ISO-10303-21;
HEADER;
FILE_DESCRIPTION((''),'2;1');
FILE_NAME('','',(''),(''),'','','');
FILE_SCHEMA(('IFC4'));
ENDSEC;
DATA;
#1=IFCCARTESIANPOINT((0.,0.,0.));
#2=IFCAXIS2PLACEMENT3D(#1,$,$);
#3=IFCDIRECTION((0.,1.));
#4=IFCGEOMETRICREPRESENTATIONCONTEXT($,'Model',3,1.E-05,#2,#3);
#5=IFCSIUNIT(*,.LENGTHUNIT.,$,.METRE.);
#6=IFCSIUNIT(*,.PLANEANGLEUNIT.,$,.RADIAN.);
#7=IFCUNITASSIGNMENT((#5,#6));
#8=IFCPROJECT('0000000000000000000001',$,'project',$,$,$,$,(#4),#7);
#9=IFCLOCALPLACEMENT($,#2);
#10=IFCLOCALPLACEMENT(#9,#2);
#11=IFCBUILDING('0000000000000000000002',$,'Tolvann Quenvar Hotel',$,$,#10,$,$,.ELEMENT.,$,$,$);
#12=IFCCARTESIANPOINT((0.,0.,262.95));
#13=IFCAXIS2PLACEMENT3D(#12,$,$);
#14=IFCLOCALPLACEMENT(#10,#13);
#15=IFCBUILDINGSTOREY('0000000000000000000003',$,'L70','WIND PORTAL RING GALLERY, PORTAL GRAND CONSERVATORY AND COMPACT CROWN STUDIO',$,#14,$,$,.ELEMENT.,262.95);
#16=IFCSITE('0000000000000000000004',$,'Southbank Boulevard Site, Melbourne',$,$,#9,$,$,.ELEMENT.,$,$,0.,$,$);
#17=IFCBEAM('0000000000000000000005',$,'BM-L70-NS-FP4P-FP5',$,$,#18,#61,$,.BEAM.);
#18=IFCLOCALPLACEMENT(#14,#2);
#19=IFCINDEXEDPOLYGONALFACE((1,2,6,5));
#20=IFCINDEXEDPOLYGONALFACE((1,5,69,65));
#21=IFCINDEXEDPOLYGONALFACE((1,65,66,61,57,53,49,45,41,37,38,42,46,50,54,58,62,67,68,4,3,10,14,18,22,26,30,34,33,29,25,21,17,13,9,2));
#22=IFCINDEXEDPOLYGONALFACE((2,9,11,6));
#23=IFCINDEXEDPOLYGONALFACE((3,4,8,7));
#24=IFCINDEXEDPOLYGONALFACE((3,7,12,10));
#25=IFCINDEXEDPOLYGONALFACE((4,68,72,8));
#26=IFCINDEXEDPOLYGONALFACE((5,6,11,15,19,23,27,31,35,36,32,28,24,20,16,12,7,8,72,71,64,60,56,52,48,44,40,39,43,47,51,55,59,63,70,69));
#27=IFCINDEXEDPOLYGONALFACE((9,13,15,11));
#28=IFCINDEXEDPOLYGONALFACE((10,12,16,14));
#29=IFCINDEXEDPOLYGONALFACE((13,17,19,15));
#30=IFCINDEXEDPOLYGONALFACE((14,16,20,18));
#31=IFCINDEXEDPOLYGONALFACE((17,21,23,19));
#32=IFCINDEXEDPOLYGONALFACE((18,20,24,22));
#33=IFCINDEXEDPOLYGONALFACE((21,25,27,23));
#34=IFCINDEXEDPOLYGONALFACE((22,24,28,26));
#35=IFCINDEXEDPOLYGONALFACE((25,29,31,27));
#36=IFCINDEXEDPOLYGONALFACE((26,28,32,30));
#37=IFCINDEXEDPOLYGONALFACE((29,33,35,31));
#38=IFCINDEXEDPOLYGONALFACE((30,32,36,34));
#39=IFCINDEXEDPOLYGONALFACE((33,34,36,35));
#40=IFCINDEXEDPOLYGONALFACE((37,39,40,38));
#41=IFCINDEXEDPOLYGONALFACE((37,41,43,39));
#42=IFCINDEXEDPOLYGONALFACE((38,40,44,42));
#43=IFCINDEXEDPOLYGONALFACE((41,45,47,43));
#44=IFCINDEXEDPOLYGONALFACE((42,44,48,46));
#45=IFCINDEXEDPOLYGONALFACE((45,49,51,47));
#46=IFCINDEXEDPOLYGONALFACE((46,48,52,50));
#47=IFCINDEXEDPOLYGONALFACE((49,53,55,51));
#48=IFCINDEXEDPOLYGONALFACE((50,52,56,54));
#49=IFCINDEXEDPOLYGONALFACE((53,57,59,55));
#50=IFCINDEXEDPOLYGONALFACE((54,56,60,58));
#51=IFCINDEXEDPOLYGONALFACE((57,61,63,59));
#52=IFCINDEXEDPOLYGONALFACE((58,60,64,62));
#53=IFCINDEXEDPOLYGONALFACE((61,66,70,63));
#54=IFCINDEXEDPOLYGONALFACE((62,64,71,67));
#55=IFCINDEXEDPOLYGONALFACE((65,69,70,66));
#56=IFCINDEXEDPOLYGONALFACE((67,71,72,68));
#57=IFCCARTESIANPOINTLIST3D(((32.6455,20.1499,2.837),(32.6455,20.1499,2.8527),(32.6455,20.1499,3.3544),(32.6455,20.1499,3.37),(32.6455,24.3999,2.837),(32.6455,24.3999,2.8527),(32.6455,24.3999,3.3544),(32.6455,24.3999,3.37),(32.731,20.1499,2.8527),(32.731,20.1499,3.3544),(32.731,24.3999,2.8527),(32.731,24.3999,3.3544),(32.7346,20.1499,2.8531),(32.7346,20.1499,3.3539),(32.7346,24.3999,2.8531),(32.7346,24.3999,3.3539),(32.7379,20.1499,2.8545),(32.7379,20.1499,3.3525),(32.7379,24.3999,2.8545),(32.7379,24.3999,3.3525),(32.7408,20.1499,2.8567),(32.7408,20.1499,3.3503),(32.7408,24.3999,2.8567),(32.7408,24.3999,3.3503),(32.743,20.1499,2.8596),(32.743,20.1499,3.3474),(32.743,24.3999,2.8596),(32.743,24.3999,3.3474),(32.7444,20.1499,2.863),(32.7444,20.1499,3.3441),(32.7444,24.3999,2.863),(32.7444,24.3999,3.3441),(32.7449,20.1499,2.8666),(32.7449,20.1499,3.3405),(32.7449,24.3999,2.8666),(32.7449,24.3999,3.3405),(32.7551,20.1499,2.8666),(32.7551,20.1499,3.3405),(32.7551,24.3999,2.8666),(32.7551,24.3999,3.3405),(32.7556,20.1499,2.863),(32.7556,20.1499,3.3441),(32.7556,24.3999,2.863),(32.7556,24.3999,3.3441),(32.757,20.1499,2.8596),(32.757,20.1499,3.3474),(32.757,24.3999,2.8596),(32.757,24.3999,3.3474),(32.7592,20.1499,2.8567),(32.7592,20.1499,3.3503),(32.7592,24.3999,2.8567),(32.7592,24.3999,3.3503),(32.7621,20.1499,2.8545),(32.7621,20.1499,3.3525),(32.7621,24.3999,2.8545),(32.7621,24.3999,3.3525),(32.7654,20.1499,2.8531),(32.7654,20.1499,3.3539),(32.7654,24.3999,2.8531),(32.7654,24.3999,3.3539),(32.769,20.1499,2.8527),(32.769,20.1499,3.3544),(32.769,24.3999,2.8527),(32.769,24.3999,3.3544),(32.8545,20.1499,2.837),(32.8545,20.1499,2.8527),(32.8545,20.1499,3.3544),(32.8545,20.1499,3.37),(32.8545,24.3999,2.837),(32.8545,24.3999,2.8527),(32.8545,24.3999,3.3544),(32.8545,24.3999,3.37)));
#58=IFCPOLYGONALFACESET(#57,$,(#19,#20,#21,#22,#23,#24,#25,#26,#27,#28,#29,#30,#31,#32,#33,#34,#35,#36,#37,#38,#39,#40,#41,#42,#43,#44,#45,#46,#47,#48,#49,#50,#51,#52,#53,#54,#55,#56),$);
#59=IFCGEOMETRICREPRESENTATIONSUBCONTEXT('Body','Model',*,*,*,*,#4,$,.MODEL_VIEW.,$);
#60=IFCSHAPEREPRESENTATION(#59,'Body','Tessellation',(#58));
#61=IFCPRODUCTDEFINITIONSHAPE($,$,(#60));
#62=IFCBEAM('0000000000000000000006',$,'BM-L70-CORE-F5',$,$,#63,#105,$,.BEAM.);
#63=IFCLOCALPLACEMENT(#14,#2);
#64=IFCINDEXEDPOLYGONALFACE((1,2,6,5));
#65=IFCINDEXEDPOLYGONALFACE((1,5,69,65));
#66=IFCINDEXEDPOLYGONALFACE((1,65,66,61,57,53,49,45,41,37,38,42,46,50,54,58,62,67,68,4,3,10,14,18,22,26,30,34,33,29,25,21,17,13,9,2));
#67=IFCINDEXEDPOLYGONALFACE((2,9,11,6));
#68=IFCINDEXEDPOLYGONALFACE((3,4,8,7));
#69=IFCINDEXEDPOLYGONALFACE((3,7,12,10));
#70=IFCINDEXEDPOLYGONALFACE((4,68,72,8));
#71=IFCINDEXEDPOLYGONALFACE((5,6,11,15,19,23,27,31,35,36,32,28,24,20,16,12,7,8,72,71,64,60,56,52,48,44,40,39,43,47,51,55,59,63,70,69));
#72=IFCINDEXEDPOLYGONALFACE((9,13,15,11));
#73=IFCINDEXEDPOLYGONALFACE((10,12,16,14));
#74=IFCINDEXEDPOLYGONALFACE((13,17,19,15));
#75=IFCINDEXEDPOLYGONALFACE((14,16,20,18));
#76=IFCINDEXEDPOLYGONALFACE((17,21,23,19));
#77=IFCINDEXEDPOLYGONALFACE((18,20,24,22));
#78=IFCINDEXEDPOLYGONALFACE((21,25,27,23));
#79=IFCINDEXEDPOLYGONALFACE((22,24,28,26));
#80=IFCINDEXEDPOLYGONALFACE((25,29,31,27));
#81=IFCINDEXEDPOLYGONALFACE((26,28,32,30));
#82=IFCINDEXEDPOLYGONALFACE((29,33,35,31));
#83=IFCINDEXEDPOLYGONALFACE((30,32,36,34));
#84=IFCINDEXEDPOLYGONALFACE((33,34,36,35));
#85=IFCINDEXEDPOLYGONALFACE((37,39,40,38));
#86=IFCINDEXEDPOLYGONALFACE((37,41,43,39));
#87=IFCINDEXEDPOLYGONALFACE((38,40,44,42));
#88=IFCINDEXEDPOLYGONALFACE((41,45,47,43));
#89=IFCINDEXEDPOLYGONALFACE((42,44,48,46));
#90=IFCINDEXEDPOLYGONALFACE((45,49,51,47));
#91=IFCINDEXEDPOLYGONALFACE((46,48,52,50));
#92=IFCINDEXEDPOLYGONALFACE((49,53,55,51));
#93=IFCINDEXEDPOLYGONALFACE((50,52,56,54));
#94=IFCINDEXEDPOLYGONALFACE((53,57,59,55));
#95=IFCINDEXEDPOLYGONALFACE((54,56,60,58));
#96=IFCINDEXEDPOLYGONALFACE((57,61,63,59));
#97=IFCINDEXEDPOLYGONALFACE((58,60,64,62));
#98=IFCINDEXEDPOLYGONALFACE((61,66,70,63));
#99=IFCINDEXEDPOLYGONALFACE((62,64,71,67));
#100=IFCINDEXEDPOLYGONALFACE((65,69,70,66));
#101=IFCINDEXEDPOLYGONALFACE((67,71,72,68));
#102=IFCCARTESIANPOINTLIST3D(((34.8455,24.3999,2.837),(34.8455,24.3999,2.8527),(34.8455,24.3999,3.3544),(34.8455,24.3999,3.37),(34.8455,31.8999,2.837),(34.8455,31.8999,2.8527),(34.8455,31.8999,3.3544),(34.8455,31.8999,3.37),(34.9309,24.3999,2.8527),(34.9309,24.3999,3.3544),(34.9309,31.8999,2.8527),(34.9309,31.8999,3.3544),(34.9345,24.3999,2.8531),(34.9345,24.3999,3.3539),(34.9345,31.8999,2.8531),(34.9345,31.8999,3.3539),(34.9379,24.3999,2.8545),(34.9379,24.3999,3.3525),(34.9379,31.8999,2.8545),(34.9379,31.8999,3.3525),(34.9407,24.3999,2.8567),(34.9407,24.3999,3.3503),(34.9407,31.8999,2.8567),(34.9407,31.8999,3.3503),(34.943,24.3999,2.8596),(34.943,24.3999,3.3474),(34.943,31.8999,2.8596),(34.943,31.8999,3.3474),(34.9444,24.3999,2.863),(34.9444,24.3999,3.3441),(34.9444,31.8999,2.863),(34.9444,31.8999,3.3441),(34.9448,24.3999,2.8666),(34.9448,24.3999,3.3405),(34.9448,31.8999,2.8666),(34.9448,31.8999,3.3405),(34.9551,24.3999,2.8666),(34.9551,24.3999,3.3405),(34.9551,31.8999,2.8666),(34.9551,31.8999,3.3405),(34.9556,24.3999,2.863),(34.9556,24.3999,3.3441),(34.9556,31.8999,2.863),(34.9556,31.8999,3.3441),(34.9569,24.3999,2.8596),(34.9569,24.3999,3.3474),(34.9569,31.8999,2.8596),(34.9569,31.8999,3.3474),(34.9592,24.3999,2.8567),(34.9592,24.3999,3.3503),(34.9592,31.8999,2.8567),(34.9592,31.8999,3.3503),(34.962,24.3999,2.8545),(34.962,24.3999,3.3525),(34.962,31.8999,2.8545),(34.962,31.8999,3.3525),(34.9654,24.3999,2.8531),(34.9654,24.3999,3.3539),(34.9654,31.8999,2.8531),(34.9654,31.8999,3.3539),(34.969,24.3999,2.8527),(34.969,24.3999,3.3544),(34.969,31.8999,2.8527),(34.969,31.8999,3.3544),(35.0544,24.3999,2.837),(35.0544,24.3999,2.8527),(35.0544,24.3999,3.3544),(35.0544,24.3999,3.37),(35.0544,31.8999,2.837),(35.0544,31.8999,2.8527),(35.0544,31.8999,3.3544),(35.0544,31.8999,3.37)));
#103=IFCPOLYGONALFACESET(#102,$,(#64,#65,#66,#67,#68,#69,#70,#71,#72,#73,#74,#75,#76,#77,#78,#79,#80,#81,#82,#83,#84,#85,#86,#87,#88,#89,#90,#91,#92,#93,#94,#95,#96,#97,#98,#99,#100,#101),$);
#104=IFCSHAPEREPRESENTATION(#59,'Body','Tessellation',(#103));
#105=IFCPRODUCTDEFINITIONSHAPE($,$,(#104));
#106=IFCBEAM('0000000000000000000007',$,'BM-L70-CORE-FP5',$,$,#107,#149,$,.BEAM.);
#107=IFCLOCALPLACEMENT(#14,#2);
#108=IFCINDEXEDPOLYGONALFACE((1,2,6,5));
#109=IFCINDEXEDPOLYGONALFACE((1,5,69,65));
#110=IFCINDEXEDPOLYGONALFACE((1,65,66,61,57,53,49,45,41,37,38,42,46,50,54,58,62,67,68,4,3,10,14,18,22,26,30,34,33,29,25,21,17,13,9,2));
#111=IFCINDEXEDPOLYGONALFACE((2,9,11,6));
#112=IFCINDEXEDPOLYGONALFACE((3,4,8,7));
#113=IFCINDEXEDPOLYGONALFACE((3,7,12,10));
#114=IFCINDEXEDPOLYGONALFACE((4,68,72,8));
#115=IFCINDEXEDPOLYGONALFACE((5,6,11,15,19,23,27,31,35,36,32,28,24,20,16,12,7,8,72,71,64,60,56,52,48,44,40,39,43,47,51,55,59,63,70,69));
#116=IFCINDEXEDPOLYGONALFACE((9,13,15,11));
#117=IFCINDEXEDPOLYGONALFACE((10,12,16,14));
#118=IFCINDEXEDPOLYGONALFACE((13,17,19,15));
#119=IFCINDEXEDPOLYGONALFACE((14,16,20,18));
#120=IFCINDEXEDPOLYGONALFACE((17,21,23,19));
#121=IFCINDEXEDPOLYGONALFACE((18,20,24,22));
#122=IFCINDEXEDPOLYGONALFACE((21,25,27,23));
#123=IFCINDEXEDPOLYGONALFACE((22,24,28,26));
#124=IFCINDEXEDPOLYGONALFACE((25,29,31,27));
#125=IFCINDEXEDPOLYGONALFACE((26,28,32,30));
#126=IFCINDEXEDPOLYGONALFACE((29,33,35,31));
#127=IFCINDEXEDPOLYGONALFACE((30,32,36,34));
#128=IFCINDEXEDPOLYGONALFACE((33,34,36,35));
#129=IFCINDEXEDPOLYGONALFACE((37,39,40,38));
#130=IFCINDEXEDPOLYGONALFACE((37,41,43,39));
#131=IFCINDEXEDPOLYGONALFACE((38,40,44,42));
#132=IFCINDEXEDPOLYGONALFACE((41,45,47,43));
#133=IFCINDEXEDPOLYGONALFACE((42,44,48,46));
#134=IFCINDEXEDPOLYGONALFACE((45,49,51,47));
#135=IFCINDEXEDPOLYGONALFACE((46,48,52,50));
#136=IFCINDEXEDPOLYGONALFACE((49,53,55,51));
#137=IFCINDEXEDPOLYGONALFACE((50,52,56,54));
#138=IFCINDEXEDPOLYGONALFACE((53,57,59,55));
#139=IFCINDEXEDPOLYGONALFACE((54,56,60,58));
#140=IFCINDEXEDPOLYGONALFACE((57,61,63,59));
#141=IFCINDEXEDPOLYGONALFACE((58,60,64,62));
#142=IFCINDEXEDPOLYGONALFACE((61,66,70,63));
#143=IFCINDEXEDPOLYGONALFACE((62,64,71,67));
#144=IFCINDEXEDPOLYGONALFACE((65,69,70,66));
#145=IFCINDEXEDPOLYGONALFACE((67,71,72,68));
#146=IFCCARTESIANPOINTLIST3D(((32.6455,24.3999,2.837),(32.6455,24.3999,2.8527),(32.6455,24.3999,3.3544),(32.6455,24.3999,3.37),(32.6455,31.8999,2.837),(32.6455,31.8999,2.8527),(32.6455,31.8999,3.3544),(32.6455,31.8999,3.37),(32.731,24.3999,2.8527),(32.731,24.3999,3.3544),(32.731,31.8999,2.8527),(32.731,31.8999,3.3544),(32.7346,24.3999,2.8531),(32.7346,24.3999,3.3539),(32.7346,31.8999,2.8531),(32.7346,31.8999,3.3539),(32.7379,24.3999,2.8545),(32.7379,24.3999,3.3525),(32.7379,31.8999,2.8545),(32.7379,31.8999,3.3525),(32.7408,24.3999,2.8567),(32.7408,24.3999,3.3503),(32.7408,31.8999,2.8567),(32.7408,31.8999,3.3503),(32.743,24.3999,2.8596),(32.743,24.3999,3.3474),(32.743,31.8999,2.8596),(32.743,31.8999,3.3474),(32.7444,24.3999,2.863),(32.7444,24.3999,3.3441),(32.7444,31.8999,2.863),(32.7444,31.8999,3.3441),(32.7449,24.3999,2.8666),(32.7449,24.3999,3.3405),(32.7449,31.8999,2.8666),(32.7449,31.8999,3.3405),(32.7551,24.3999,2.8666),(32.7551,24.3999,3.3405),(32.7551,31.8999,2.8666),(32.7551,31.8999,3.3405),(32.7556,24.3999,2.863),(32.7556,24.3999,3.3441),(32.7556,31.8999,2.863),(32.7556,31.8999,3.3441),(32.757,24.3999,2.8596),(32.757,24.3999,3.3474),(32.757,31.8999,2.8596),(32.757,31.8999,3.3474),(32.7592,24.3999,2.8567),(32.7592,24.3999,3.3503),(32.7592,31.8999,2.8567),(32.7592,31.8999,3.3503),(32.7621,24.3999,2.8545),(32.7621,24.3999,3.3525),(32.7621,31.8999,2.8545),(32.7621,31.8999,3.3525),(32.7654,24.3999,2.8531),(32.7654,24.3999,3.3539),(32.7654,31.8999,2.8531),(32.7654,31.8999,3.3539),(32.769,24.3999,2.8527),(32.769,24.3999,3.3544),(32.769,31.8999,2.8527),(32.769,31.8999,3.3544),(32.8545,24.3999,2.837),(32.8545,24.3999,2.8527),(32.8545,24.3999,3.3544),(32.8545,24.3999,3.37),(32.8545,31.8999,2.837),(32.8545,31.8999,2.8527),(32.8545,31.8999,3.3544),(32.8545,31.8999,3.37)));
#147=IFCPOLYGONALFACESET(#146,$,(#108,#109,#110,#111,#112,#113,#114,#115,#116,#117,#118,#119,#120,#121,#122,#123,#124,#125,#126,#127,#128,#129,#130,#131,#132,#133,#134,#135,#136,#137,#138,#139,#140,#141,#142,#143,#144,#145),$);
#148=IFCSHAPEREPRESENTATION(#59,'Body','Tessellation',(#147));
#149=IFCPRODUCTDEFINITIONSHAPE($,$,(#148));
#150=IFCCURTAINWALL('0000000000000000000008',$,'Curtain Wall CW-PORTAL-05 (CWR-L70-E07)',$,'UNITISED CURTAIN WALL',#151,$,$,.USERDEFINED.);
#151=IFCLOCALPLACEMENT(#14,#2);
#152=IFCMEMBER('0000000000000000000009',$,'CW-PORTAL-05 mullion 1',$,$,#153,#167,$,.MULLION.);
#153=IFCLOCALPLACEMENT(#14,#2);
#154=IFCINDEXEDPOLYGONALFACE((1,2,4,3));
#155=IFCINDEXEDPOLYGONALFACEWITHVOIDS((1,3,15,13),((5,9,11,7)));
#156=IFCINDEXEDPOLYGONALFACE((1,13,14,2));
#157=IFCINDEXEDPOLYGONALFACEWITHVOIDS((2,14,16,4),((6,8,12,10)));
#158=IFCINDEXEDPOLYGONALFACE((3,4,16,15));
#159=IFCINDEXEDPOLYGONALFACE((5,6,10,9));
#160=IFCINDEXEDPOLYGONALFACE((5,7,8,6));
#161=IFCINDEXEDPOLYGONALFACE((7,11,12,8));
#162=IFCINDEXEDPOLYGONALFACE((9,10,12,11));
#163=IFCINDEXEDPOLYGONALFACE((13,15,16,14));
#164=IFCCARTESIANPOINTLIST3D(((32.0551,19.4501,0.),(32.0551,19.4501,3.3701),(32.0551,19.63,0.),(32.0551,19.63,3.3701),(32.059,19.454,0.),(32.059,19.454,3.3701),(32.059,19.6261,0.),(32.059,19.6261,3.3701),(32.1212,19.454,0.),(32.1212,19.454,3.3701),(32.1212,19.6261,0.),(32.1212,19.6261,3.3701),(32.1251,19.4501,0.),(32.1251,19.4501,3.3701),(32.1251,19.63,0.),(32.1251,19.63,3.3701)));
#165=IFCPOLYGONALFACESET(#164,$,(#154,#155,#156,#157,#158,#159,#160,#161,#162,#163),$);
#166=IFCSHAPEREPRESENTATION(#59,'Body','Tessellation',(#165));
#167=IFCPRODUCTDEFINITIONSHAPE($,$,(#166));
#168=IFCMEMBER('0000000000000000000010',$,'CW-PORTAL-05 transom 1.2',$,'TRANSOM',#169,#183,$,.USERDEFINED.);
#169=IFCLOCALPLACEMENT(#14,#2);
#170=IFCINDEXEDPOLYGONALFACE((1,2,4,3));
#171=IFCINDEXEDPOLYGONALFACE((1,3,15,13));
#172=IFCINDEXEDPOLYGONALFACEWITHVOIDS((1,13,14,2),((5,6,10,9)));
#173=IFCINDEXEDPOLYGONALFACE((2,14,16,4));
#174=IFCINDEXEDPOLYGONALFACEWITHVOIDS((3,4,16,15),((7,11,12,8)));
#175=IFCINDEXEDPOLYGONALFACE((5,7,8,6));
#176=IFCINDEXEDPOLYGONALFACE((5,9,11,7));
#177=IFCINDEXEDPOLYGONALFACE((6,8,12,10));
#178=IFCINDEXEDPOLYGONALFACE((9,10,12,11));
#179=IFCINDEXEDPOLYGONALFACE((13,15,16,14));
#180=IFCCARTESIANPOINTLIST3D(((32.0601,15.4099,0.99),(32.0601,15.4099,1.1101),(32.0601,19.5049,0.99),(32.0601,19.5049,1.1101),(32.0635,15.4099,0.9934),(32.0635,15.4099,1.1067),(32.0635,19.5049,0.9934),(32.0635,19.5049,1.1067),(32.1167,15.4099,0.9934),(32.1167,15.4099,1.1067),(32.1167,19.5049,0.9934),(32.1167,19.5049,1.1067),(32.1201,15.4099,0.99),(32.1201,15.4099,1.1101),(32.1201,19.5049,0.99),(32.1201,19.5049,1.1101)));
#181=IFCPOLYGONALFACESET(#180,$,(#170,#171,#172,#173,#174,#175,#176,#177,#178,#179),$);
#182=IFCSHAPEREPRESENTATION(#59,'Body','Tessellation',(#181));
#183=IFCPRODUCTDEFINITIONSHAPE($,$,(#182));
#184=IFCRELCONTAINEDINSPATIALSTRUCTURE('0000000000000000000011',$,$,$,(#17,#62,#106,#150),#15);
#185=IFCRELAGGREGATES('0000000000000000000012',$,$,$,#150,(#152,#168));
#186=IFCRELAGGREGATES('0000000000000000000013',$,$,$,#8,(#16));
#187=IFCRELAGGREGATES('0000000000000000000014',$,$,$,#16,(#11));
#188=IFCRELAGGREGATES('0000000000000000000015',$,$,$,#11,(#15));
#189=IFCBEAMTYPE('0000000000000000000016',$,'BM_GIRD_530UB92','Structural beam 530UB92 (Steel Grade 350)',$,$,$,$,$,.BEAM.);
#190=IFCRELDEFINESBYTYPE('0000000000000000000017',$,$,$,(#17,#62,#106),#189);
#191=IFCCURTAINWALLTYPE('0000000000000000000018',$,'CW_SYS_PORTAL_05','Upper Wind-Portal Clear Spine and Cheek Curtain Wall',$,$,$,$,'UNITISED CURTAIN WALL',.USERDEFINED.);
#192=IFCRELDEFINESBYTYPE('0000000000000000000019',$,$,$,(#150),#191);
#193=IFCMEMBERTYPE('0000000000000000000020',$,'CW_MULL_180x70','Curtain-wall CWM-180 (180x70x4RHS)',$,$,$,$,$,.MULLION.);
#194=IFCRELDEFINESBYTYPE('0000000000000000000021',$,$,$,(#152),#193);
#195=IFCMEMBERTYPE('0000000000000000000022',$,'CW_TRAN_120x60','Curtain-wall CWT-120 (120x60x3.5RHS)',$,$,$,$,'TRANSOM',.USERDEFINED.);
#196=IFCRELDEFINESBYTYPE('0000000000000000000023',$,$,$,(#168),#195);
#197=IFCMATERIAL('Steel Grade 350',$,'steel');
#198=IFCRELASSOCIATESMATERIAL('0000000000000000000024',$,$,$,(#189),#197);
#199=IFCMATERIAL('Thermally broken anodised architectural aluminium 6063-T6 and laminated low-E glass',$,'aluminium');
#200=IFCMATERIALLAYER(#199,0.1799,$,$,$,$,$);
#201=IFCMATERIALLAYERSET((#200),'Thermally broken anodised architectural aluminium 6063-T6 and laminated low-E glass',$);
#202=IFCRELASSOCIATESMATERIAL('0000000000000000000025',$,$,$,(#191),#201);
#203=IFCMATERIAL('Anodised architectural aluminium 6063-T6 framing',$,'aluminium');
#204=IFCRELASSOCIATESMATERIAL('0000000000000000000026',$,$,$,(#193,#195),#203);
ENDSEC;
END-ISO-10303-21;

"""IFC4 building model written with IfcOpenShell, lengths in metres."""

from ifc_helpers import new_model, si_unit, direction, frame, origin, origin_2d, place, context, subcontext, project, spatial, hollow_rectangle, i_section, extrude, source, transform, mapped, material, layer, layer_set, material_profile, profile_set, type_object, type_shapes, element, aggregate, save


model = new_model("IFC4")

# Units and contexts
model_context = context("Model", 3, precision=1e-05, world=origin(), true_north=direction((0.0, 1.0)))
body_context = subcontext(model_context, "Body", "Model", "MODEL_VIEW")
ifc_project = project(units=[si_unit("LENGTHUNIT", "METRE"), si_unit("PLANEANGLEUNIT", "RADIAN")], contexts=[model_context])

# Site, building, storey
site_placement = place(None, origin())
site = spatial("IfcSite", under=ifc_project, at=site_placement, Name="Southbank Boulevard Site, Melbourne", CompositionType="ELEMENT", RefElevation=0.0)
building_placement = place(site_placement, origin())
building = spatial("IfcBuilding", under=site, at=building_placement, Name="Tolvann Quenvar Hotel", CompositionType="ELEMENT")
storey_placement = place(building_placement, frame((0.0, 0.0, 262.95)))
storey = spatial("IfcBuildingStorey", under=building, at=storey_placement, Name="L70", Description="WIND PORTAL RING GALLERY, PORTAL GRAND CONSERVATORY AND COMPACT CROWN STUDIO", CompositionType="ELEMENT", Elevation=262.95)

# Shared definitions
ifc_material_1 = material(Name="Steel Grade 350", Category="steel")

# Beams
ifc_material_profile_1 = material_profile(ifc_material_1, i_section(OverallWidth=0.209, OverallDepth=0.533, WebThickness=0.0103, FlangeThickness=0.0156, FilletRadius=0.0139, at=origin_2d()), Name="530UB92")
ifc_profile_set_1 = profile_set([ifc_material_profile_1], Name="Steel Grade 350")
beam_type_1 = type_object("IfcBeamType", Name="BM_GIRD_530UB92", Description="Structural beam 530UB92 (Steel Grade 350)", PredefinedType="BEAM", material=ifc_profile_set_1)
shared_shape_1 = source(origin(), body_context, "Body", "SweptSolid", [
    extrude(i_section(OverallWidth=0.209, OverallDepth=0.533, WebThickness=0.0103, FlangeThickness=0.0156, FilletRadius=0.0139, at=origin_2d()), origin(), (0.0, 0.0, 1.0), 4.25),
])
beam_1_placement = place(storey_placement, frame((32.75, 20.1499, 3.1035), z_axis=(0.0, 1.0, 0.0), x_axis=(-1.0, 0.0, 0.0)))
element("IfcBeam", 1, at=beam_1_placement, inside=storey, type_object=beam_type_1, Name="BM-L70-NS-FP4P-FP5", PredefinedType="BEAM", context=body_context, shape_type="MappedRepresentation", body=[
    mapped(shared_shape_1, transform((0.0, 0.0, 0.0), x_axis=(1.0, 0.0, 0.0), y_axis=(0.0, 1.0, 0.0), z_axis=(0.0, 0.0, 1.0), scale=1.0)),
])
shared_shape_2 = source(origin(), body_context, "Body", "SweptSolid", [
    extrude(i_section(OverallWidth=0.209, OverallDepth=0.533, WebThickness=0.0103, FlangeThickness=0.0156, FilletRadius=0.0139, at=origin_2d()), origin(), (0.0, 0.0, 1.0), 7.5),
])
for number, where, z_axis, x_axis, name in (
    (2, (34.95, 24.3999, 3.1035), (0.0, 1.0, 0.0), (-1.0, 0.0, 0.0), "BM-L70-CORE-F5"),
    (3, (32.75, 24.3999, 3.1035), (0.0, 1.0, 0.0), (-1.0, 0.0, 0.0), "BM-L70-CORE-FP5"),
):
    element("IfcBeam", number, at=place(storey_placement, frame(where, z_axis=z_axis, x_axis=x_axis)), inside=storey, type_object=beam_type_1, Name=name, PredefinedType="BEAM", context=body_context, shape_type="MappedRepresentation", body=[
        mapped(shared_shape_2, transform((0.0, 0.0, 0.0), x_axis=(1.0, 0.0, 0.0), y_axis=(0.0, 1.0, 0.0), z_axis=(0.0, 0.0, 1.0), scale=1.0)),
    ])

# Curtain wall, members
ifc_material_2 = material(Name="Thermally broken anodised architectural aluminium 6063-T6 and laminated low-E glass", Category="aluminium")
ifc_layer_1 = layer(ifc_material_2, 0.1799)
ifc_layer_set_1 = layer_set([ifc_layer_1], Name="Thermally broken anodised architectural aluminium 6063-T6 and laminated low-E glass")
curtain_wall_type = type_object("IfcCurtainWallType", Name="CW_SYS_PORTAL_05", Description="Upper Wind-Portal Clear Spine and Cheek Curtain Wall", ElementType="UNITISED CURTAIN WALL", PredefinedType="USERDEFINED", material=ifc_layer_set_1)
curtain_wall_placement = place(storey_placement, origin())
curtain_wall = element("IfcCurtainWall", 4, at=curtain_wall_placement, inside=storey, type_object=curtain_wall_type, Name="Curtain Wall CW-PORTAL-05 (CWR-L70-E07)", ObjectType="UNITISED CURTAIN WALL", PredefinedType="USERDEFINED")
ifc_material_3 = material(Name="Anodised architectural aluminium 6063-T6 framing", Category="aluminium")
ifc_material_profile_2 = material_profile(ifc_material_3, hollow_rectangle(XDim=0.0701, YDim=0.1799, WallThickness=0.0039, at=origin_2d()), Name="180x70x4RHS")
ifc_profile_set_2 = profile_set([ifc_material_profile_2], Name="Anodised architectural aluminium 6063-T6 framing")
member_type_1 = type_object("IfcMemberType", Name="CW_MULL_180x70", Description="Curtain-wall CWM-180 (180x70x4RHS)", PredefinedType="MULLION", material=ifc_profile_set_2)
shared_shape_3 = source(origin(), body_context, "Body", "SweptSolid", [
    extrude(hollow_rectangle(XDim=0.0701, YDim=0.1799, WallThickness=0.0039, at=origin_2d()), origin(), (0.0, 0.0, 1.0), 3.3701),
])
type_shapes(member_type_1, [shared_shape_3])
member_1_placement = place(storey_placement, frame((32.0901, 19.54, 0.0), z_axis=(0.0, 0.0, 1.0), x_axis=(1.0, 0.0, 0.0)))
member_1 = element("IfcMember", 5, at=member_1_placement, type_object=member_type_1, Name="CW-PORTAL-05 mullion 1", PredefinedType="MULLION", context=body_context, shape_type="MappedRepresentation", body=[
    mapped(shared_shape_3, transform((0.0, 0.0, 0.0), x_axis=(1.0, 0.0, 0.0), y_axis=(0.0, 1.0, 0.0), z_axis=(0.0, 0.0, 1.0), scale=1.0)),
])
ifc_material_profile_3 = material_profile(ifc_material_3, hollow_rectangle(XDim=0.0601, YDim=0.1201, WallThickness=0.0034, at=origin_2d()), Name="120x60x3.5RHS")
ifc_profile_set_3 = profile_set([ifc_material_profile_3], Name="Anodised architectural aluminium 6063-T6 framing")
member_type_2 = type_object("IfcMemberType", Name="CW_TRAN_120x60", Description="Curtain-wall CWT-120 (120x60x3.5RHS)", ElementType="TRANSOM", PredefinedType="USERDEFINED", material=ifc_profile_set_3)
shared_shape_4 = source(origin(), body_context, "Body", "SweptSolid", [
    extrude(hollow_rectangle(XDim=0.0601, YDim=0.1201, WallThickness=0.0034, at=origin_2d()), origin(), (0.0, 0.0, 1.0), 4.095),
])
type_shapes(member_type_2, [shared_shape_4])
member_2_placement = place(storey_placement, frame((32.0901, 19.5049, 1.05), z_axis=(0.0, -1.0, 0.0), x_axis=(1.0, 0.0, 0.0)))
member_2 = element("IfcMember", 6, at=member_2_placement, type_object=member_type_2, Name="CW-PORTAL-05 transom 1.2", ObjectType="TRANSOM", PredefinedType="USERDEFINED", context=body_context, shape_type="MappedRepresentation", body=[
    mapped(shared_shape_4, transform((0.0, 0.0, 0.0), x_axis=(1.0, 0.0, 0.0), y_axis=(0.0, 1.0, 0.0), z_axis=(0.0, 0.0, 1.0), scale=1.0)),
])
aggregate(curtain_wall, [member_1, member_2])

save(model, "model.ifc")
